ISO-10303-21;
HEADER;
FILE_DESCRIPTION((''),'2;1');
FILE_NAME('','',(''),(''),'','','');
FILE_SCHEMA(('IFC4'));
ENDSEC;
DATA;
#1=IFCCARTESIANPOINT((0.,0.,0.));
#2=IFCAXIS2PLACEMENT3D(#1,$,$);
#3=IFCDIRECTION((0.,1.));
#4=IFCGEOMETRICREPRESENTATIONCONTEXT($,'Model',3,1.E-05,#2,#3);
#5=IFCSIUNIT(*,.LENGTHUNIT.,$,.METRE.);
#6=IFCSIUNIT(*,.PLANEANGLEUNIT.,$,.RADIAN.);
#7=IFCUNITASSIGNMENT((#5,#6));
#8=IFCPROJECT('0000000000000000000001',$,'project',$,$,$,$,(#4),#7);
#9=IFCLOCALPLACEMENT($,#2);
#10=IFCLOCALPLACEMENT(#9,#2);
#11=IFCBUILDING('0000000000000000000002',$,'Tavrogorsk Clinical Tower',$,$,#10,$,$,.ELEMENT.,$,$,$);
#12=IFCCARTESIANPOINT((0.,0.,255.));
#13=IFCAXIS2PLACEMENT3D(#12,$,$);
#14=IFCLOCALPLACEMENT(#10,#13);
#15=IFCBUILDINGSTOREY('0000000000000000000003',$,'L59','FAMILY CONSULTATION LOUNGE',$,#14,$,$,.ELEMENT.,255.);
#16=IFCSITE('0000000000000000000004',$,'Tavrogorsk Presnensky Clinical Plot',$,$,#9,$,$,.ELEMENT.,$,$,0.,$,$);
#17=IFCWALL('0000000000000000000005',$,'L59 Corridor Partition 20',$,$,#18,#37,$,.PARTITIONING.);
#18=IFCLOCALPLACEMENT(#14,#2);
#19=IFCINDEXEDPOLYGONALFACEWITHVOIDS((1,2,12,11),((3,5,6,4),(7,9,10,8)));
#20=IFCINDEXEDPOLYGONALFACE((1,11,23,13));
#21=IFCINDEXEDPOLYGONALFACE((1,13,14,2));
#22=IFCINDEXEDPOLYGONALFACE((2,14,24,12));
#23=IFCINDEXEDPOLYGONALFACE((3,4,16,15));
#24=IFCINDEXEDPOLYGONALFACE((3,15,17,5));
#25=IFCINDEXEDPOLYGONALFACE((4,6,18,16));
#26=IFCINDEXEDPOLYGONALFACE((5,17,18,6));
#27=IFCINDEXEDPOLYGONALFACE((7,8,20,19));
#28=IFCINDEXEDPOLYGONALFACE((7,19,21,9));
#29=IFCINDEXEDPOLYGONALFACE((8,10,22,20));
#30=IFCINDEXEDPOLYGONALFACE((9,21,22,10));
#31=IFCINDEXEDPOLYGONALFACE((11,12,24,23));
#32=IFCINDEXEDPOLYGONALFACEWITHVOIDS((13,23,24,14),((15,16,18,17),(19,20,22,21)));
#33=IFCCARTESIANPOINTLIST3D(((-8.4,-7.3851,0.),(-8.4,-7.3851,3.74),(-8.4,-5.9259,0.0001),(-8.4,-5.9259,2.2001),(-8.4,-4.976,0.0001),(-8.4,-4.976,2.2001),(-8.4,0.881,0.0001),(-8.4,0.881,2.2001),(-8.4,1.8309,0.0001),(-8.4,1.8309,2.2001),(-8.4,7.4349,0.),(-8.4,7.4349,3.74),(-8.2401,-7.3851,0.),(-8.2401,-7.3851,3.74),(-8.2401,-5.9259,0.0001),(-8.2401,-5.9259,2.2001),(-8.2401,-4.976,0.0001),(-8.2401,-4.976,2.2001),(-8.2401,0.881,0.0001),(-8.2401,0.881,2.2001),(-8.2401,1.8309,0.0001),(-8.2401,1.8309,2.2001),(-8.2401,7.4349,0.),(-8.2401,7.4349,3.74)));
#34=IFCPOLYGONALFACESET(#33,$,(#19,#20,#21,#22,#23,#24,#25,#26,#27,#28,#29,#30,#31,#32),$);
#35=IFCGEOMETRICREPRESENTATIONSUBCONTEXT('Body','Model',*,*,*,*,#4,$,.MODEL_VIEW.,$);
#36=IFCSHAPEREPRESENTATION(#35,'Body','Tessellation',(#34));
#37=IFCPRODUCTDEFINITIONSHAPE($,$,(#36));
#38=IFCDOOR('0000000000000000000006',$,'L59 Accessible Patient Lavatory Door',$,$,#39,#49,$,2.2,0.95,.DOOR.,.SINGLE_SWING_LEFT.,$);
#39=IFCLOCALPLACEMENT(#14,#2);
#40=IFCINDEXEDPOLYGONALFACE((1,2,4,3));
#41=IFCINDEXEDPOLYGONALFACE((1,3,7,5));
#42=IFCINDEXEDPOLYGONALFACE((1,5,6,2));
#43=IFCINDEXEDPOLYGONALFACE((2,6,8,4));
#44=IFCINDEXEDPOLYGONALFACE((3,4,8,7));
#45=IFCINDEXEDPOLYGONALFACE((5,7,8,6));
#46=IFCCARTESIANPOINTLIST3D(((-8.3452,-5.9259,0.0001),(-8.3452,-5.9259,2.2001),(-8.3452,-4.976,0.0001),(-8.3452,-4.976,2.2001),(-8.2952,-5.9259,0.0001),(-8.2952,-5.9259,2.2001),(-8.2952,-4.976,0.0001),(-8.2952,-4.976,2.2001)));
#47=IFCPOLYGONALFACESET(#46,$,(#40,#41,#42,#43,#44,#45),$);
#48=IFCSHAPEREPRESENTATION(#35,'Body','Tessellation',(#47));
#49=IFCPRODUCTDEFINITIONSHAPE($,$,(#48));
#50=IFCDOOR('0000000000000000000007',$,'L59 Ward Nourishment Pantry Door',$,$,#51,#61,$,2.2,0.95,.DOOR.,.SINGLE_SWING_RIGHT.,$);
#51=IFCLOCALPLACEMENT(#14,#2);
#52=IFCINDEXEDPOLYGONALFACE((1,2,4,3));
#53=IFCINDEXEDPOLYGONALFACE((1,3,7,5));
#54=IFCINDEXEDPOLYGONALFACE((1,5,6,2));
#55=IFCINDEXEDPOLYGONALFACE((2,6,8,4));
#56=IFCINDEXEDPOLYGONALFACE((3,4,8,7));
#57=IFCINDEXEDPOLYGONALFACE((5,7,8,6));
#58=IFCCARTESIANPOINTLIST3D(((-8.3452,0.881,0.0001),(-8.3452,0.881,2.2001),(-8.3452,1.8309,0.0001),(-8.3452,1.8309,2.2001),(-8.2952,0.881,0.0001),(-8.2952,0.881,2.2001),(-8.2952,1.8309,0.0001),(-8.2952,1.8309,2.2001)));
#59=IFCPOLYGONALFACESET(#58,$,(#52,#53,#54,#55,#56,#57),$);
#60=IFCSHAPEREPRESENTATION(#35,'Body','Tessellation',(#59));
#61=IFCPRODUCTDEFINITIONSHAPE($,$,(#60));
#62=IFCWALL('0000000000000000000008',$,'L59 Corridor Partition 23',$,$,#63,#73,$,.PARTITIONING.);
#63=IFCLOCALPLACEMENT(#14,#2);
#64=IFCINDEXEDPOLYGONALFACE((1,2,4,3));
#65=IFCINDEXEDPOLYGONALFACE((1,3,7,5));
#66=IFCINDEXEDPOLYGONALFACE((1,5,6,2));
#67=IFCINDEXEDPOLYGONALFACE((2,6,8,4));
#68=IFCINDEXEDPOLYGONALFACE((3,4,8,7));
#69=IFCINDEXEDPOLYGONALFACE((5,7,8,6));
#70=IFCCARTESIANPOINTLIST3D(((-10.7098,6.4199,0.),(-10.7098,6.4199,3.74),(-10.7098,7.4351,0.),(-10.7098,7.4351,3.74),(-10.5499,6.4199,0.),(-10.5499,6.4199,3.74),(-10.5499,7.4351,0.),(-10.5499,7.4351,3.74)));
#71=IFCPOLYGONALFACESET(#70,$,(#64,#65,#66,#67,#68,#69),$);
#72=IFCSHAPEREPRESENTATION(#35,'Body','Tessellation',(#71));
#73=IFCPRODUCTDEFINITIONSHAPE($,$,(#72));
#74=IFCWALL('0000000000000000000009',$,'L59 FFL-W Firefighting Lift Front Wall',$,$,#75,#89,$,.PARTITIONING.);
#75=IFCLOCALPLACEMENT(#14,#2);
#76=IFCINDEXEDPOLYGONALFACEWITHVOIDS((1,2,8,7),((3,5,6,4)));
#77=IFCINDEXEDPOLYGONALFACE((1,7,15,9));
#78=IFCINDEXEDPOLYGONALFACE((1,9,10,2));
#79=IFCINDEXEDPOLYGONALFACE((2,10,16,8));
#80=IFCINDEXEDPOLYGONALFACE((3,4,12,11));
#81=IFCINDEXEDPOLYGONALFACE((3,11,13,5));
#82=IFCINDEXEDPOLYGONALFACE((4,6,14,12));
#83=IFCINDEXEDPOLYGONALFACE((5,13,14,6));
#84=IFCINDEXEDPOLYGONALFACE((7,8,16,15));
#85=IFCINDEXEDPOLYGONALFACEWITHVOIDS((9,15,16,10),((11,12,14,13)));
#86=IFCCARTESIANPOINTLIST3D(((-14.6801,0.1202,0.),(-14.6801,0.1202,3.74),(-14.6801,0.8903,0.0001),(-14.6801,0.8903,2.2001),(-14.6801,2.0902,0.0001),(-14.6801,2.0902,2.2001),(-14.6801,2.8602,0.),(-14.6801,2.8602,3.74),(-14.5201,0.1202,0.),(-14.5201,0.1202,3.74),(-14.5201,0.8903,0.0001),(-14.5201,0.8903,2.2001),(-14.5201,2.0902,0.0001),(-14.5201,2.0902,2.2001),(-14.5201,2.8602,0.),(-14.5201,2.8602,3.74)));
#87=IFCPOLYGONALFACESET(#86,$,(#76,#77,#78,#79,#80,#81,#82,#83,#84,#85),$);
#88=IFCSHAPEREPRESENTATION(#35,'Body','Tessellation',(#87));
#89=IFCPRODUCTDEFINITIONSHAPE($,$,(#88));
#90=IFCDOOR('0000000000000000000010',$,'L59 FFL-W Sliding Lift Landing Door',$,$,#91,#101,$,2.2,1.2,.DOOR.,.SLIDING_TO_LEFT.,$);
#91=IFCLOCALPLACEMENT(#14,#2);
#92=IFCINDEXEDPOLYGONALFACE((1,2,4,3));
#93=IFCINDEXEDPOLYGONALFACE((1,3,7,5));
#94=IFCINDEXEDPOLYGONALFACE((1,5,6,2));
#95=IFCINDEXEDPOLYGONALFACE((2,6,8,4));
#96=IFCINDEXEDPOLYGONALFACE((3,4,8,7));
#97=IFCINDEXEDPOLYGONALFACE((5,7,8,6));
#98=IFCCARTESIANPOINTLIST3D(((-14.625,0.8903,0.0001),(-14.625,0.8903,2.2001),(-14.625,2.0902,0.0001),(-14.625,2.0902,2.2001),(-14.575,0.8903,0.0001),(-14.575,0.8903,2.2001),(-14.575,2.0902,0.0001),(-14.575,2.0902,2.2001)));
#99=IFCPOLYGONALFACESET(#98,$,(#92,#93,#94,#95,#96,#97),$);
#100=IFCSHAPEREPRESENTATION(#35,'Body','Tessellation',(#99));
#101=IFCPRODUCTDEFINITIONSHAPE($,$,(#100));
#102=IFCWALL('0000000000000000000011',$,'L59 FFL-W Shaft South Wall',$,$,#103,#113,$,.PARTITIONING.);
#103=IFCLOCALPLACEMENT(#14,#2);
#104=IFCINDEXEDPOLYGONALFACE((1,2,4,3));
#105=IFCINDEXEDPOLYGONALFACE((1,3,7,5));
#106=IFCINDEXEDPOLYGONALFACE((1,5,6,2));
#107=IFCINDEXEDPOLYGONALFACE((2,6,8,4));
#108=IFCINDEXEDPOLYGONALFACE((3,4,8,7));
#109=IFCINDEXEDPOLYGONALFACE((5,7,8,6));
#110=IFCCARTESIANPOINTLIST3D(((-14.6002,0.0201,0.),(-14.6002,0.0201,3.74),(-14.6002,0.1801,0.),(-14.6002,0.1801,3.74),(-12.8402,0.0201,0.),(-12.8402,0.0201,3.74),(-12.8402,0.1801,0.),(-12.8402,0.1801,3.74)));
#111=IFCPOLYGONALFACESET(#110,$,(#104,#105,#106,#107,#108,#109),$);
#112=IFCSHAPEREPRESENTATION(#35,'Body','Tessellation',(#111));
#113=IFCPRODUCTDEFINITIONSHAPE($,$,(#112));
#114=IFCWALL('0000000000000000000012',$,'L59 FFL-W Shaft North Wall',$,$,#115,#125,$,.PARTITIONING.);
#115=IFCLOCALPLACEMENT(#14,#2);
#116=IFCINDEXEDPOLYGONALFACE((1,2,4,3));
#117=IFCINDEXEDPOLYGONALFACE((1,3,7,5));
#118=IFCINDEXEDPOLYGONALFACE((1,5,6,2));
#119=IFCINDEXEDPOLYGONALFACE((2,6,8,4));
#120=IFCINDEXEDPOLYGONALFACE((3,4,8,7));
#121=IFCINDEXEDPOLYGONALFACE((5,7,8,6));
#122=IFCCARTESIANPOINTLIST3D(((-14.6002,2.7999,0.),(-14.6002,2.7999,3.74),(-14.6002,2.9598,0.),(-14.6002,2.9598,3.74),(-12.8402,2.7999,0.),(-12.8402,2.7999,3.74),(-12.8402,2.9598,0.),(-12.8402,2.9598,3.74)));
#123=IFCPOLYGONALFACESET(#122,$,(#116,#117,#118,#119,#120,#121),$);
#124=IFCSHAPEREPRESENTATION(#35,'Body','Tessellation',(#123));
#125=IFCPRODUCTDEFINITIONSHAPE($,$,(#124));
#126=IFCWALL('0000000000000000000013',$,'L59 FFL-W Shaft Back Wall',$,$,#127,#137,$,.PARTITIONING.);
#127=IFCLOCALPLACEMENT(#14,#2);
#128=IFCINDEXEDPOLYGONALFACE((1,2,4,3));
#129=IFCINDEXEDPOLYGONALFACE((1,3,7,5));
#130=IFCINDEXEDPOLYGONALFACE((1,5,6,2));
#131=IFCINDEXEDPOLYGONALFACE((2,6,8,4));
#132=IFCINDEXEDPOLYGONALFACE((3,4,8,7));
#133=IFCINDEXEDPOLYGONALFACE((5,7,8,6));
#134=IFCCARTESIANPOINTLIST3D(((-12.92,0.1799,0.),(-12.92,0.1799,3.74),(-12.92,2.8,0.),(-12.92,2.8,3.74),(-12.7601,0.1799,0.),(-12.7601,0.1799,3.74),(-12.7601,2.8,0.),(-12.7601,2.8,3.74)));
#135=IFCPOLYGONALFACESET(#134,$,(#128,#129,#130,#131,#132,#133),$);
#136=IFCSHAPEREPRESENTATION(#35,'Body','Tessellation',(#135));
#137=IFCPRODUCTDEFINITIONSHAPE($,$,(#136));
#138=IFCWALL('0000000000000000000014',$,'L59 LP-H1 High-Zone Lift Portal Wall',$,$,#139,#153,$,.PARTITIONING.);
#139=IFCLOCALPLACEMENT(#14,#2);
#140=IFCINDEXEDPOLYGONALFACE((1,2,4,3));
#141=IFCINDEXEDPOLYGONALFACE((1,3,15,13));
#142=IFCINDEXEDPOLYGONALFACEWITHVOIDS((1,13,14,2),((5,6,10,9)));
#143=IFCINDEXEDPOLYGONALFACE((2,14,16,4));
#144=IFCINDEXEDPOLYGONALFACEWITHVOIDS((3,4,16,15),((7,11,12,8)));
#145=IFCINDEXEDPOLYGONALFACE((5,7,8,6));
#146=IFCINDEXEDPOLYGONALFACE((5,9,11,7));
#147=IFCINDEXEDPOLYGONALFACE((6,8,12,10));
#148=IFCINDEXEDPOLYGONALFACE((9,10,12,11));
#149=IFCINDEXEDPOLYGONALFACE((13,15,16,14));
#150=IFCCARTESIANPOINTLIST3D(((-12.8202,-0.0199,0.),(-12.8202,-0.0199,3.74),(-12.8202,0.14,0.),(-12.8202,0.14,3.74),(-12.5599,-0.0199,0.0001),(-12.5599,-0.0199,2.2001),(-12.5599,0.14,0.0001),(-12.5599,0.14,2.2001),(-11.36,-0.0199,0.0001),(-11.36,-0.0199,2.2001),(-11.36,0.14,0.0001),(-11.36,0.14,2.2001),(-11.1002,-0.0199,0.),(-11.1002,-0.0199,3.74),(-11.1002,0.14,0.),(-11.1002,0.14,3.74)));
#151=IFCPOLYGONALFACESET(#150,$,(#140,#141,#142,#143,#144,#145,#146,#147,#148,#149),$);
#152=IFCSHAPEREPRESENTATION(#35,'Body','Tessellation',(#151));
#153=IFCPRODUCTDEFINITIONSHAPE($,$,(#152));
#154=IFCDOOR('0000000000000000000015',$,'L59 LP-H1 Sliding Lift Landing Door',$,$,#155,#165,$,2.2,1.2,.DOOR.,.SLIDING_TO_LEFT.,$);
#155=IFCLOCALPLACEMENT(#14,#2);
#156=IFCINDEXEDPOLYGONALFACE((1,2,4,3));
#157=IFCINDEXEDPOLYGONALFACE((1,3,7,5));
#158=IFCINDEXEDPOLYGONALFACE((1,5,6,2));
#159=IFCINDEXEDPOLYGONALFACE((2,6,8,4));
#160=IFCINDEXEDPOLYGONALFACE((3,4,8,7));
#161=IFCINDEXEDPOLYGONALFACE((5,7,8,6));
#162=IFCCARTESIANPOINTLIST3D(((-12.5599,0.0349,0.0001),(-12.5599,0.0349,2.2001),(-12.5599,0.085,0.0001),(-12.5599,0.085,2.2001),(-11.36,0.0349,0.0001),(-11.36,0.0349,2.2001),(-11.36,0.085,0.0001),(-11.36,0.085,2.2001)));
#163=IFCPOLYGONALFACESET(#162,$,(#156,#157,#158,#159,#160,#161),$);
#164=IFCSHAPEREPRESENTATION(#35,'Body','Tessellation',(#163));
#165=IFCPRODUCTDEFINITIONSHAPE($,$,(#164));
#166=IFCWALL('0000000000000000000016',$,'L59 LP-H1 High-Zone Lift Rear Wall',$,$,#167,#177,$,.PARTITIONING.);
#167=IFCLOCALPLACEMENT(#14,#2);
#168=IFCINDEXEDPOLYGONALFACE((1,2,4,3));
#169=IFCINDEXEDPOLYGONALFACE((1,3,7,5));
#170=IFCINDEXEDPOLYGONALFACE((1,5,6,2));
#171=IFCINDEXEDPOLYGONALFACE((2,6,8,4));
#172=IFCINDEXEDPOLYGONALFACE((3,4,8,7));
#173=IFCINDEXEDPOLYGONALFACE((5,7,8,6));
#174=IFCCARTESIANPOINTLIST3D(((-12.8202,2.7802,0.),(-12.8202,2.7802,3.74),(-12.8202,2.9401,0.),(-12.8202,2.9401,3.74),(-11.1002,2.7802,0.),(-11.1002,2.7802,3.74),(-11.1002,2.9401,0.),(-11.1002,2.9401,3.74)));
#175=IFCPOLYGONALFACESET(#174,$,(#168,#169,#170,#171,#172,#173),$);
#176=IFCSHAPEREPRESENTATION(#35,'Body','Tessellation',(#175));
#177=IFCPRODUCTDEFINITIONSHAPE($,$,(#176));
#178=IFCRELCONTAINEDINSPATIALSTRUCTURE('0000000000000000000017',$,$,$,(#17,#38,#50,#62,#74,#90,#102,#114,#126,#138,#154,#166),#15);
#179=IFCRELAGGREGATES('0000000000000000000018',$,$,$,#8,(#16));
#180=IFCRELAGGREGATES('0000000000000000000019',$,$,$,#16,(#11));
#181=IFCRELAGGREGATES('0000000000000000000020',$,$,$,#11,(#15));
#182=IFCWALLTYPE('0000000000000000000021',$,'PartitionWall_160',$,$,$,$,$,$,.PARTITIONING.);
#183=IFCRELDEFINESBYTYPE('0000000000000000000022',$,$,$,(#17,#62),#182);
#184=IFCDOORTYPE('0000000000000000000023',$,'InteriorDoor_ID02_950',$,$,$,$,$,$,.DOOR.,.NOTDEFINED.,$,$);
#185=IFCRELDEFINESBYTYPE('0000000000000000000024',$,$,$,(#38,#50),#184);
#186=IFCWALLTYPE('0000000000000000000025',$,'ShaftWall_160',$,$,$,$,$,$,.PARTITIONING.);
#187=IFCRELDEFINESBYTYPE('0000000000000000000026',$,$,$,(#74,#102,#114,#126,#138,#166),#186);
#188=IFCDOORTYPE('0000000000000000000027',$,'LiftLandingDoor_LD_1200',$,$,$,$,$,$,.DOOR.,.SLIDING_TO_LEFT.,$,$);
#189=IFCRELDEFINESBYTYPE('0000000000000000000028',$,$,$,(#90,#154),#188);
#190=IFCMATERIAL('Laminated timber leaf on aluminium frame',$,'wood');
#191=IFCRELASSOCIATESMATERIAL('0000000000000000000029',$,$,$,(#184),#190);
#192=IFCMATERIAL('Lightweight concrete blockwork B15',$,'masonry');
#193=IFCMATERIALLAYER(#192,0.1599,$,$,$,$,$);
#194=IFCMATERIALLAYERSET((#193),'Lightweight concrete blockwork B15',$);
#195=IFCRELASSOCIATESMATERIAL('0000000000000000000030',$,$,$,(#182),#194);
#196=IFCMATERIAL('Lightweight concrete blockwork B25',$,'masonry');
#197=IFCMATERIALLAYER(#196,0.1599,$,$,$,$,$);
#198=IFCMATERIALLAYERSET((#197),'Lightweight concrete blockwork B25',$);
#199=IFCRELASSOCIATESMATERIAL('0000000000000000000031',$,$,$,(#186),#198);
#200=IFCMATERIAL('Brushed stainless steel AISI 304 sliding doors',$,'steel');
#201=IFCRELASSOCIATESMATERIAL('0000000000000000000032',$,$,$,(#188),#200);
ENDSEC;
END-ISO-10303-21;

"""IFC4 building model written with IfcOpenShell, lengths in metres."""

from ifc_helpers import new_model, si_unit, direction, frame, frame_2d, origin, place, context, subcontext, project, spatial, rectangle, extrude, material, layer, layer_set, type_object, element, fill, save


model = new_model("IFC4")

# Units and contexts
model_context = context("Model", 3, precision=1e-05, world=origin(), true_north=direction((0.0, 1.0)))
body_context = subcontext(model_context, "Body", "Model", "MODEL_VIEW")
ifc_project = project(units=[si_unit("LENGTHUNIT", "METRE"), si_unit("PLANEANGLEUNIT", "RADIAN")], contexts=[model_context])

# Site, building, storey
site_placement = place(None, origin())
site = spatial("IfcSite", under=ifc_project, at=site_placement, Name="Tavrogorsk Presnensky Clinical Plot", CompositionType="ELEMENT", RefElevation=0.0)
building_placement = place(site_placement, origin())
building = spatial("IfcBuilding", under=site, at=building_placement, Name="Tavrogorsk Clinical Tower", CompositionType="ELEMENT")
storey_placement = place(building_placement, frame((0.0, 0.0, 255.0)))
storey = spatial("IfcBuildingStorey", under=building, at=storey_placement, Name="L59", Description="FAMILY CONSULTATION LOUNGE", CompositionType="ELEMENT", Elevation=255.0)

# Shared definitions
ifc_material_1 = material(Name="Laminated timber leaf on aluminium frame", Category="wood")
door_type_1 = type_object("IfcDoorType", Name="InteriorDoor_ID02_950", OperationType="NOTDEFINED", PredefinedType="DOOR", material=ifc_material_1)

# Wall, openings, doors
ifc_material_2 = material(Name="Lightweight concrete blockwork B15", Category="masonry")
ifc_layer_1 = layer(ifc_material_2, 0.1599)
ifc_layer_set_1 = layer_set([ifc_layer_1], Name="Lightweight concrete blockwork B15")
wall_type_1 = type_object("IfcWallType", Name="PartitionWall_160", PredefinedType="PARTITIONING", material=ifc_layer_set_1)
wall_1_placement = place(storey_placement, frame((-8.3201, 7.4351, 0.0), z_axis=(0.0, 0.0, 1.0), x_axis=(0.0, -1.0, 0.0)))
wall_1 = element("IfcWall", 1, at=wall_1_placement, inside=storey, type_object=wall_type_1, Name="L59 Corridor Partition 20", PredefinedType="PARTITIONING", context=body_context, shape_type="SweptSolid", body=[
    extrude(rectangle(XDim=14.8201, YDim=0.1599, at=frame_2d((7.4102, 0.0))), origin(), (0.0, 0.0, 1.0), 3.74),
])
opening_1_placement = place(wall_1_placement, frame((12.4109, 0.0, 0.0)))
opening_1 = element("IfcOpeningElement", 2, at=opening_1_placement, cuts=wall_1, PredefinedType="OPENING", context=body_context, shape_type="SweptSolid", body=[
    extrude(rectangle(XDim=0.95, YDim=2.2, at=frame_2d((0.4751, 1.1001))), frame((0.0, 0.0898, 0.0), z_axis=(0.0, -1.0, 0.0), x_axis=(1.0, 0.0, 0.0)), (0.0, 0.0, 1.0), 0.1799),
])
opening_2_placement = place(wall_1_placement, frame((5.604, 0.0, 0.0)))
opening_2 = element("IfcOpeningElement", 3, at=opening_2_placement, cuts=wall_1, PredefinedType="OPENING", context=body_context, shape_type="SweptSolid", body=[
    extrude(rectangle(XDim=0.95, YDim=2.2, at=frame_2d((0.4751, 1.1001))), frame((0.0, 0.0898, 0.0), z_axis=(0.0, -1.0, 0.0), x_axis=(1.0, 0.0, 0.0)), (0.0, 0.0, 1.0), 0.1799),
])
door_1_placement = place(opening_1_placement, origin())
door_1 = element("IfcDoor", 4, at=door_1_placement, inside=storey, type_object=door_type_1, Name="L59 Accessible Patient Lavatory Door", OperationType="SINGLE_SWING_LEFT", OverallHeight=2.2, OverallWidth=0.95, PredefinedType="DOOR", context=body_context, shape_type="SweptSolid", body=[
    extrude(rectangle(XDim=0.95, YDim=2.2, at=frame_2d((0.4751, 1.1001))), frame((0.0, 0.0249, 0.0), z_axis=(0.0, -1.0, 0.0), x_axis=(1.0, 0.0, 0.0)), (0.0, 0.0, 1.0), 0.05),
])
fill(opening_1, door_1)
door_2_placement = place(opening_2_placement, origin())
door_2 = element("IfcDoor", 5, at=door_2_placement, inside=storey, type_object=door_type_1, Name="L59 Ward Nourishment Pantry Door", OperationType="SINGLE_SWING_RIGHT", OverallHeight=2.2, OverallWidth=0.95, PredefinedType="DOOR", context=body_context, shape_type="SweptSolid", body=[
    extrude(rectangle(XDim=0.95, YDim=2.2, at=frame_2d((0.4751, 1.1001))), frame((0.0, 0.0249, 0.0), z_axis=(0.0, -1.0, 0.0), x_axis=(1.0, 0.0, 0.0)), (0.0, 0.0, 1.0), 0.05),
])
fill(opening_2, door_2)

# Wall
wall_2_placement = place(storey_placement, frame((-10.6299, 6.4199, 0.0), z_axis=(0.0, 0.0, 1.0), x_axis=(0.0, 1.0, 0.0)))
element("IfcWall", 6, at=wall_2_placement, inside=storey, type_object=wall_type_1, Name="L59 Corridor Partition 23", PredefinedType="PARTITIONING", context=body_context, shape_type="SweptSolid", body=[
    extrude(rectangle(XDim=1.0151, YDim=0.1599, at=frame_2d((0.5076, 0.0))), origin(), (0.0, 0.0, 1.0), 3.74),
])

# Wall, opening, door
ifc_material_3 = material(Name="Lightweight concrete blockwork B25", Category="masonry")
ifc_layer_2 = layer(ifc_material_3, 0.1599)
ifc_layer_set_2 = layer_set([ifc_layer_2], Name="Lightweight concrete blockwork B25")
wall_type_2 = type_object("IfcWallType", Name="ShaftWall_160", PredefinedType="PARTITIONING", material=ifc_layer_set_2)
wall_3_placement = place(storey_placement, frame((-14.6001, 0.1201, 0.0), z_axis=(0.0, 0.0, 1.0), x_axis=(0.0, 1.0, 0.0)))
wall_3 = element("IfcWall", 7, at=wall_3_placement, inside=storey, type_object=wall_type_2, Name="L59 FFL-W Firefighting Lift Front Wall", PredefinedType="PARTITIONING", context=body_context, shape_type="SweptSolid", body=[
    extrude(rectangle(XDim=2.74, YDim=0.1599, at=frame_2d((1.3701, 0.0))), origin(), (0.0, 0.0, 1.0), 3.74),
])
opening_3_placement = place(wall_3_placement, frame((0.77, 0.0, 0.0)))
opening_3 = element("IfcOpeningElement", 8, at=opening_3_placement, cuts=wall_3, PredefinedType="OPENING", context=body_context, shape_type="SweptSolid", body=[
    extrude(rectangle(XDim=1.2, YDim=2.2, at=frame_2d((0.6001, 1.1001))), frame((0.0, 0.0898, 0.0), z_axis=(0.0, -1.0, 0.0), x_axis=(1.0, 0.0, 0.0)), (0.0, 0.0, 1.0), 0.1799),
])
ifc_material_4 = material(Name="Brushed stainless steel AISI 304 sliding doors", Category="steel")
door_type_2 = type_object("IfcDoorType", Name="LiftLandingDoor_LD_1200", OperationType="SLIDING_TO_LEFT", PredefinedType="DOOR", material=ifc_material_4)
door_3_placement = place(opening_3_placement, origin())
door_3 = element("IfcDoor", 9, at=door_3_placement, inside=storey, type_object=door_type_2, Name="L59 FFL-W Sliding Lift Landing Door", OperationType="SLIDING_TO_LEFT", OverallHeight=2.2, OverallWidth=1.2, PredefinedType="DOOR", context=body_context, shape_type="SweptSolid", body=[
    extrude(rectangle(XDim=1.2, YDim=2.2, at=frame_2d((0.6001, 1.1001))), frame((0.0, 0.0249, 0.0), z_axis=(0.0, -1.0, 0.0), x_axis=(1.0, 0.0, 0.0)), (0.0, 0.0, 1.0), 0.05),
])
fill(opening_3, door_3)

# Walls
for number, where, z_axis, x_axis, name in (
    (10, (-14.6001, 0.1001, 0.0), (0.0, 0.0, 1.0), (1.0, 0.0, 0.0), "L59 FFL-W Shaft South Wall"),
    (11, (-14.6001, 2.8799, 0.0), (0.0, 0.0, 1.0), (1.0, 0.0, 0.0), "L59 FFL-W Shaft North Wall"),
):
    element("IfcWall", number, at=place(storey_placement, frame(where, z_axis=z_axis, x_axis=x_axis)), inside=storey, type_object=wall_type_2, Name=name, PredefinedType="PARTITIONING", context=body_context, shape_type="SweptSolid", body=[
        extrude(rectangle(XDim=1.76, YDim=0.1599, at=frame_2d((0.8799, 0.0))), origin(), (0.0, 0.0, 1.0), 3.74),
    ])
wall_4_placement = place(storey_placement, frame((-12.8401, 0.1799, 0.0), z_axis=(0.0, 0.0, 1.0), x_axis=(0.0, 1.0, 0.0)))
element("IfcWall", 12, at=wall_4_placement, inside=storey, type_object=wall_type_2, Name="L59 FFL-W Shaft Back Wall", PredefinedType="PARTITIONING", context=body_context, shape_type="SweptSolid", body=[
    extrude(rectangle(XDim=2.6201, YDim=0.1599, at=frame_2d((1.3101, 0.0))), origin(), (0.0, 0.0, 1.0), 3.74),
])

# Wall, opening, door
wall_5_placement = place(storey_placement, frame((-12.8201, 0.0601, 0.0), z_axis=(0.0, 0.0, 1.0), x_axis=(1.0, 0.0, 0.0)))
wall_5 = element("IfcWall", 13, at=wall_5_placement, inside=storey, type_object=wall_type_2, Name="L59 LP-H1 High-Zone Lift Portal Wall", PredefinedType="PARTITIONING", context=body_context, shape_type="SweptSolid", body=[
    extrude(rectangle(XDim=1.72, YDim=0.1599, at=frame_2d((0.8599, 0.0))), origin(), (0.0, 0.0, 1.0), 3.74),
])
opening_4_placement = place(wall_5_placement, frame((0.26, 0.0, 0.0)))
opening_4 = element("IfcOpeningElement", 14, at=opening_4_placement, cuts=wall_5, PredefinedType="OPENING", context=body_context, shape_type="SweptSolid", body=[
    extrude(rectangle(XDim=1.2, YDim=2.2, at=frame_2d((0.6001, 1.1001))), frame((0.0, 0.0898, 0.0), z_axis=(0.0, -1.0, 0.0), x_axis=(1.0, 0.0, 0.0)), (0.0, 0.0, 1.0), 0.1799),
])
door_4_placement = place(opening_4_placement, origin())
door_4 = element("IfcDoor", 15, at=door_4_placement, inside=storey, type_object=door_type_2, Name="L59 LP-H1 Sliding Lift Landing Door", OperationType="SLIDING_TO_LEFT", OverallHeight=2.2, OverallWidth=1.2, PredefinedType="DOOR", context=body_context, shape_type="SweptSolid", body=[
    extrude(rectangle(XDim=1.2, YDim=2.2, at=frame_2d((0.6001, 1.1001))), frame((0.0, 0.0249, 0.0), z_axis=(0.0, -1.0, 0.0), x_axis=(1.0, 0.0, 0.0)), (0.0, 0.0, 1.0), 0.05),
])
fill(opening_4, door_4)

# Wall
wall_6_placement = place(storey_placement, frame((-12.8201, 2.8601, 0.0), z_axis=(0.0, 0.0, 1.0), x_axis=(1.0, 0.0, 0.0)))
element("IfcWall", 16, at=wall_6_placement, inside=storey, type_object=wall_type_2, Name="L59 LP-H1 High-Zone Lift Rear Wall", PredefinedType="PARTITIONING", context=body_context, shape_type="SweptSolid", body=[
    extrude(rectangle(XDim=1.72, YDim=0.1599, at=frame_2d((0.8599, 0.0))), origin(), (0.0, 0.0, 1.0), 3.74),
])

save(model, "model.ifc")
